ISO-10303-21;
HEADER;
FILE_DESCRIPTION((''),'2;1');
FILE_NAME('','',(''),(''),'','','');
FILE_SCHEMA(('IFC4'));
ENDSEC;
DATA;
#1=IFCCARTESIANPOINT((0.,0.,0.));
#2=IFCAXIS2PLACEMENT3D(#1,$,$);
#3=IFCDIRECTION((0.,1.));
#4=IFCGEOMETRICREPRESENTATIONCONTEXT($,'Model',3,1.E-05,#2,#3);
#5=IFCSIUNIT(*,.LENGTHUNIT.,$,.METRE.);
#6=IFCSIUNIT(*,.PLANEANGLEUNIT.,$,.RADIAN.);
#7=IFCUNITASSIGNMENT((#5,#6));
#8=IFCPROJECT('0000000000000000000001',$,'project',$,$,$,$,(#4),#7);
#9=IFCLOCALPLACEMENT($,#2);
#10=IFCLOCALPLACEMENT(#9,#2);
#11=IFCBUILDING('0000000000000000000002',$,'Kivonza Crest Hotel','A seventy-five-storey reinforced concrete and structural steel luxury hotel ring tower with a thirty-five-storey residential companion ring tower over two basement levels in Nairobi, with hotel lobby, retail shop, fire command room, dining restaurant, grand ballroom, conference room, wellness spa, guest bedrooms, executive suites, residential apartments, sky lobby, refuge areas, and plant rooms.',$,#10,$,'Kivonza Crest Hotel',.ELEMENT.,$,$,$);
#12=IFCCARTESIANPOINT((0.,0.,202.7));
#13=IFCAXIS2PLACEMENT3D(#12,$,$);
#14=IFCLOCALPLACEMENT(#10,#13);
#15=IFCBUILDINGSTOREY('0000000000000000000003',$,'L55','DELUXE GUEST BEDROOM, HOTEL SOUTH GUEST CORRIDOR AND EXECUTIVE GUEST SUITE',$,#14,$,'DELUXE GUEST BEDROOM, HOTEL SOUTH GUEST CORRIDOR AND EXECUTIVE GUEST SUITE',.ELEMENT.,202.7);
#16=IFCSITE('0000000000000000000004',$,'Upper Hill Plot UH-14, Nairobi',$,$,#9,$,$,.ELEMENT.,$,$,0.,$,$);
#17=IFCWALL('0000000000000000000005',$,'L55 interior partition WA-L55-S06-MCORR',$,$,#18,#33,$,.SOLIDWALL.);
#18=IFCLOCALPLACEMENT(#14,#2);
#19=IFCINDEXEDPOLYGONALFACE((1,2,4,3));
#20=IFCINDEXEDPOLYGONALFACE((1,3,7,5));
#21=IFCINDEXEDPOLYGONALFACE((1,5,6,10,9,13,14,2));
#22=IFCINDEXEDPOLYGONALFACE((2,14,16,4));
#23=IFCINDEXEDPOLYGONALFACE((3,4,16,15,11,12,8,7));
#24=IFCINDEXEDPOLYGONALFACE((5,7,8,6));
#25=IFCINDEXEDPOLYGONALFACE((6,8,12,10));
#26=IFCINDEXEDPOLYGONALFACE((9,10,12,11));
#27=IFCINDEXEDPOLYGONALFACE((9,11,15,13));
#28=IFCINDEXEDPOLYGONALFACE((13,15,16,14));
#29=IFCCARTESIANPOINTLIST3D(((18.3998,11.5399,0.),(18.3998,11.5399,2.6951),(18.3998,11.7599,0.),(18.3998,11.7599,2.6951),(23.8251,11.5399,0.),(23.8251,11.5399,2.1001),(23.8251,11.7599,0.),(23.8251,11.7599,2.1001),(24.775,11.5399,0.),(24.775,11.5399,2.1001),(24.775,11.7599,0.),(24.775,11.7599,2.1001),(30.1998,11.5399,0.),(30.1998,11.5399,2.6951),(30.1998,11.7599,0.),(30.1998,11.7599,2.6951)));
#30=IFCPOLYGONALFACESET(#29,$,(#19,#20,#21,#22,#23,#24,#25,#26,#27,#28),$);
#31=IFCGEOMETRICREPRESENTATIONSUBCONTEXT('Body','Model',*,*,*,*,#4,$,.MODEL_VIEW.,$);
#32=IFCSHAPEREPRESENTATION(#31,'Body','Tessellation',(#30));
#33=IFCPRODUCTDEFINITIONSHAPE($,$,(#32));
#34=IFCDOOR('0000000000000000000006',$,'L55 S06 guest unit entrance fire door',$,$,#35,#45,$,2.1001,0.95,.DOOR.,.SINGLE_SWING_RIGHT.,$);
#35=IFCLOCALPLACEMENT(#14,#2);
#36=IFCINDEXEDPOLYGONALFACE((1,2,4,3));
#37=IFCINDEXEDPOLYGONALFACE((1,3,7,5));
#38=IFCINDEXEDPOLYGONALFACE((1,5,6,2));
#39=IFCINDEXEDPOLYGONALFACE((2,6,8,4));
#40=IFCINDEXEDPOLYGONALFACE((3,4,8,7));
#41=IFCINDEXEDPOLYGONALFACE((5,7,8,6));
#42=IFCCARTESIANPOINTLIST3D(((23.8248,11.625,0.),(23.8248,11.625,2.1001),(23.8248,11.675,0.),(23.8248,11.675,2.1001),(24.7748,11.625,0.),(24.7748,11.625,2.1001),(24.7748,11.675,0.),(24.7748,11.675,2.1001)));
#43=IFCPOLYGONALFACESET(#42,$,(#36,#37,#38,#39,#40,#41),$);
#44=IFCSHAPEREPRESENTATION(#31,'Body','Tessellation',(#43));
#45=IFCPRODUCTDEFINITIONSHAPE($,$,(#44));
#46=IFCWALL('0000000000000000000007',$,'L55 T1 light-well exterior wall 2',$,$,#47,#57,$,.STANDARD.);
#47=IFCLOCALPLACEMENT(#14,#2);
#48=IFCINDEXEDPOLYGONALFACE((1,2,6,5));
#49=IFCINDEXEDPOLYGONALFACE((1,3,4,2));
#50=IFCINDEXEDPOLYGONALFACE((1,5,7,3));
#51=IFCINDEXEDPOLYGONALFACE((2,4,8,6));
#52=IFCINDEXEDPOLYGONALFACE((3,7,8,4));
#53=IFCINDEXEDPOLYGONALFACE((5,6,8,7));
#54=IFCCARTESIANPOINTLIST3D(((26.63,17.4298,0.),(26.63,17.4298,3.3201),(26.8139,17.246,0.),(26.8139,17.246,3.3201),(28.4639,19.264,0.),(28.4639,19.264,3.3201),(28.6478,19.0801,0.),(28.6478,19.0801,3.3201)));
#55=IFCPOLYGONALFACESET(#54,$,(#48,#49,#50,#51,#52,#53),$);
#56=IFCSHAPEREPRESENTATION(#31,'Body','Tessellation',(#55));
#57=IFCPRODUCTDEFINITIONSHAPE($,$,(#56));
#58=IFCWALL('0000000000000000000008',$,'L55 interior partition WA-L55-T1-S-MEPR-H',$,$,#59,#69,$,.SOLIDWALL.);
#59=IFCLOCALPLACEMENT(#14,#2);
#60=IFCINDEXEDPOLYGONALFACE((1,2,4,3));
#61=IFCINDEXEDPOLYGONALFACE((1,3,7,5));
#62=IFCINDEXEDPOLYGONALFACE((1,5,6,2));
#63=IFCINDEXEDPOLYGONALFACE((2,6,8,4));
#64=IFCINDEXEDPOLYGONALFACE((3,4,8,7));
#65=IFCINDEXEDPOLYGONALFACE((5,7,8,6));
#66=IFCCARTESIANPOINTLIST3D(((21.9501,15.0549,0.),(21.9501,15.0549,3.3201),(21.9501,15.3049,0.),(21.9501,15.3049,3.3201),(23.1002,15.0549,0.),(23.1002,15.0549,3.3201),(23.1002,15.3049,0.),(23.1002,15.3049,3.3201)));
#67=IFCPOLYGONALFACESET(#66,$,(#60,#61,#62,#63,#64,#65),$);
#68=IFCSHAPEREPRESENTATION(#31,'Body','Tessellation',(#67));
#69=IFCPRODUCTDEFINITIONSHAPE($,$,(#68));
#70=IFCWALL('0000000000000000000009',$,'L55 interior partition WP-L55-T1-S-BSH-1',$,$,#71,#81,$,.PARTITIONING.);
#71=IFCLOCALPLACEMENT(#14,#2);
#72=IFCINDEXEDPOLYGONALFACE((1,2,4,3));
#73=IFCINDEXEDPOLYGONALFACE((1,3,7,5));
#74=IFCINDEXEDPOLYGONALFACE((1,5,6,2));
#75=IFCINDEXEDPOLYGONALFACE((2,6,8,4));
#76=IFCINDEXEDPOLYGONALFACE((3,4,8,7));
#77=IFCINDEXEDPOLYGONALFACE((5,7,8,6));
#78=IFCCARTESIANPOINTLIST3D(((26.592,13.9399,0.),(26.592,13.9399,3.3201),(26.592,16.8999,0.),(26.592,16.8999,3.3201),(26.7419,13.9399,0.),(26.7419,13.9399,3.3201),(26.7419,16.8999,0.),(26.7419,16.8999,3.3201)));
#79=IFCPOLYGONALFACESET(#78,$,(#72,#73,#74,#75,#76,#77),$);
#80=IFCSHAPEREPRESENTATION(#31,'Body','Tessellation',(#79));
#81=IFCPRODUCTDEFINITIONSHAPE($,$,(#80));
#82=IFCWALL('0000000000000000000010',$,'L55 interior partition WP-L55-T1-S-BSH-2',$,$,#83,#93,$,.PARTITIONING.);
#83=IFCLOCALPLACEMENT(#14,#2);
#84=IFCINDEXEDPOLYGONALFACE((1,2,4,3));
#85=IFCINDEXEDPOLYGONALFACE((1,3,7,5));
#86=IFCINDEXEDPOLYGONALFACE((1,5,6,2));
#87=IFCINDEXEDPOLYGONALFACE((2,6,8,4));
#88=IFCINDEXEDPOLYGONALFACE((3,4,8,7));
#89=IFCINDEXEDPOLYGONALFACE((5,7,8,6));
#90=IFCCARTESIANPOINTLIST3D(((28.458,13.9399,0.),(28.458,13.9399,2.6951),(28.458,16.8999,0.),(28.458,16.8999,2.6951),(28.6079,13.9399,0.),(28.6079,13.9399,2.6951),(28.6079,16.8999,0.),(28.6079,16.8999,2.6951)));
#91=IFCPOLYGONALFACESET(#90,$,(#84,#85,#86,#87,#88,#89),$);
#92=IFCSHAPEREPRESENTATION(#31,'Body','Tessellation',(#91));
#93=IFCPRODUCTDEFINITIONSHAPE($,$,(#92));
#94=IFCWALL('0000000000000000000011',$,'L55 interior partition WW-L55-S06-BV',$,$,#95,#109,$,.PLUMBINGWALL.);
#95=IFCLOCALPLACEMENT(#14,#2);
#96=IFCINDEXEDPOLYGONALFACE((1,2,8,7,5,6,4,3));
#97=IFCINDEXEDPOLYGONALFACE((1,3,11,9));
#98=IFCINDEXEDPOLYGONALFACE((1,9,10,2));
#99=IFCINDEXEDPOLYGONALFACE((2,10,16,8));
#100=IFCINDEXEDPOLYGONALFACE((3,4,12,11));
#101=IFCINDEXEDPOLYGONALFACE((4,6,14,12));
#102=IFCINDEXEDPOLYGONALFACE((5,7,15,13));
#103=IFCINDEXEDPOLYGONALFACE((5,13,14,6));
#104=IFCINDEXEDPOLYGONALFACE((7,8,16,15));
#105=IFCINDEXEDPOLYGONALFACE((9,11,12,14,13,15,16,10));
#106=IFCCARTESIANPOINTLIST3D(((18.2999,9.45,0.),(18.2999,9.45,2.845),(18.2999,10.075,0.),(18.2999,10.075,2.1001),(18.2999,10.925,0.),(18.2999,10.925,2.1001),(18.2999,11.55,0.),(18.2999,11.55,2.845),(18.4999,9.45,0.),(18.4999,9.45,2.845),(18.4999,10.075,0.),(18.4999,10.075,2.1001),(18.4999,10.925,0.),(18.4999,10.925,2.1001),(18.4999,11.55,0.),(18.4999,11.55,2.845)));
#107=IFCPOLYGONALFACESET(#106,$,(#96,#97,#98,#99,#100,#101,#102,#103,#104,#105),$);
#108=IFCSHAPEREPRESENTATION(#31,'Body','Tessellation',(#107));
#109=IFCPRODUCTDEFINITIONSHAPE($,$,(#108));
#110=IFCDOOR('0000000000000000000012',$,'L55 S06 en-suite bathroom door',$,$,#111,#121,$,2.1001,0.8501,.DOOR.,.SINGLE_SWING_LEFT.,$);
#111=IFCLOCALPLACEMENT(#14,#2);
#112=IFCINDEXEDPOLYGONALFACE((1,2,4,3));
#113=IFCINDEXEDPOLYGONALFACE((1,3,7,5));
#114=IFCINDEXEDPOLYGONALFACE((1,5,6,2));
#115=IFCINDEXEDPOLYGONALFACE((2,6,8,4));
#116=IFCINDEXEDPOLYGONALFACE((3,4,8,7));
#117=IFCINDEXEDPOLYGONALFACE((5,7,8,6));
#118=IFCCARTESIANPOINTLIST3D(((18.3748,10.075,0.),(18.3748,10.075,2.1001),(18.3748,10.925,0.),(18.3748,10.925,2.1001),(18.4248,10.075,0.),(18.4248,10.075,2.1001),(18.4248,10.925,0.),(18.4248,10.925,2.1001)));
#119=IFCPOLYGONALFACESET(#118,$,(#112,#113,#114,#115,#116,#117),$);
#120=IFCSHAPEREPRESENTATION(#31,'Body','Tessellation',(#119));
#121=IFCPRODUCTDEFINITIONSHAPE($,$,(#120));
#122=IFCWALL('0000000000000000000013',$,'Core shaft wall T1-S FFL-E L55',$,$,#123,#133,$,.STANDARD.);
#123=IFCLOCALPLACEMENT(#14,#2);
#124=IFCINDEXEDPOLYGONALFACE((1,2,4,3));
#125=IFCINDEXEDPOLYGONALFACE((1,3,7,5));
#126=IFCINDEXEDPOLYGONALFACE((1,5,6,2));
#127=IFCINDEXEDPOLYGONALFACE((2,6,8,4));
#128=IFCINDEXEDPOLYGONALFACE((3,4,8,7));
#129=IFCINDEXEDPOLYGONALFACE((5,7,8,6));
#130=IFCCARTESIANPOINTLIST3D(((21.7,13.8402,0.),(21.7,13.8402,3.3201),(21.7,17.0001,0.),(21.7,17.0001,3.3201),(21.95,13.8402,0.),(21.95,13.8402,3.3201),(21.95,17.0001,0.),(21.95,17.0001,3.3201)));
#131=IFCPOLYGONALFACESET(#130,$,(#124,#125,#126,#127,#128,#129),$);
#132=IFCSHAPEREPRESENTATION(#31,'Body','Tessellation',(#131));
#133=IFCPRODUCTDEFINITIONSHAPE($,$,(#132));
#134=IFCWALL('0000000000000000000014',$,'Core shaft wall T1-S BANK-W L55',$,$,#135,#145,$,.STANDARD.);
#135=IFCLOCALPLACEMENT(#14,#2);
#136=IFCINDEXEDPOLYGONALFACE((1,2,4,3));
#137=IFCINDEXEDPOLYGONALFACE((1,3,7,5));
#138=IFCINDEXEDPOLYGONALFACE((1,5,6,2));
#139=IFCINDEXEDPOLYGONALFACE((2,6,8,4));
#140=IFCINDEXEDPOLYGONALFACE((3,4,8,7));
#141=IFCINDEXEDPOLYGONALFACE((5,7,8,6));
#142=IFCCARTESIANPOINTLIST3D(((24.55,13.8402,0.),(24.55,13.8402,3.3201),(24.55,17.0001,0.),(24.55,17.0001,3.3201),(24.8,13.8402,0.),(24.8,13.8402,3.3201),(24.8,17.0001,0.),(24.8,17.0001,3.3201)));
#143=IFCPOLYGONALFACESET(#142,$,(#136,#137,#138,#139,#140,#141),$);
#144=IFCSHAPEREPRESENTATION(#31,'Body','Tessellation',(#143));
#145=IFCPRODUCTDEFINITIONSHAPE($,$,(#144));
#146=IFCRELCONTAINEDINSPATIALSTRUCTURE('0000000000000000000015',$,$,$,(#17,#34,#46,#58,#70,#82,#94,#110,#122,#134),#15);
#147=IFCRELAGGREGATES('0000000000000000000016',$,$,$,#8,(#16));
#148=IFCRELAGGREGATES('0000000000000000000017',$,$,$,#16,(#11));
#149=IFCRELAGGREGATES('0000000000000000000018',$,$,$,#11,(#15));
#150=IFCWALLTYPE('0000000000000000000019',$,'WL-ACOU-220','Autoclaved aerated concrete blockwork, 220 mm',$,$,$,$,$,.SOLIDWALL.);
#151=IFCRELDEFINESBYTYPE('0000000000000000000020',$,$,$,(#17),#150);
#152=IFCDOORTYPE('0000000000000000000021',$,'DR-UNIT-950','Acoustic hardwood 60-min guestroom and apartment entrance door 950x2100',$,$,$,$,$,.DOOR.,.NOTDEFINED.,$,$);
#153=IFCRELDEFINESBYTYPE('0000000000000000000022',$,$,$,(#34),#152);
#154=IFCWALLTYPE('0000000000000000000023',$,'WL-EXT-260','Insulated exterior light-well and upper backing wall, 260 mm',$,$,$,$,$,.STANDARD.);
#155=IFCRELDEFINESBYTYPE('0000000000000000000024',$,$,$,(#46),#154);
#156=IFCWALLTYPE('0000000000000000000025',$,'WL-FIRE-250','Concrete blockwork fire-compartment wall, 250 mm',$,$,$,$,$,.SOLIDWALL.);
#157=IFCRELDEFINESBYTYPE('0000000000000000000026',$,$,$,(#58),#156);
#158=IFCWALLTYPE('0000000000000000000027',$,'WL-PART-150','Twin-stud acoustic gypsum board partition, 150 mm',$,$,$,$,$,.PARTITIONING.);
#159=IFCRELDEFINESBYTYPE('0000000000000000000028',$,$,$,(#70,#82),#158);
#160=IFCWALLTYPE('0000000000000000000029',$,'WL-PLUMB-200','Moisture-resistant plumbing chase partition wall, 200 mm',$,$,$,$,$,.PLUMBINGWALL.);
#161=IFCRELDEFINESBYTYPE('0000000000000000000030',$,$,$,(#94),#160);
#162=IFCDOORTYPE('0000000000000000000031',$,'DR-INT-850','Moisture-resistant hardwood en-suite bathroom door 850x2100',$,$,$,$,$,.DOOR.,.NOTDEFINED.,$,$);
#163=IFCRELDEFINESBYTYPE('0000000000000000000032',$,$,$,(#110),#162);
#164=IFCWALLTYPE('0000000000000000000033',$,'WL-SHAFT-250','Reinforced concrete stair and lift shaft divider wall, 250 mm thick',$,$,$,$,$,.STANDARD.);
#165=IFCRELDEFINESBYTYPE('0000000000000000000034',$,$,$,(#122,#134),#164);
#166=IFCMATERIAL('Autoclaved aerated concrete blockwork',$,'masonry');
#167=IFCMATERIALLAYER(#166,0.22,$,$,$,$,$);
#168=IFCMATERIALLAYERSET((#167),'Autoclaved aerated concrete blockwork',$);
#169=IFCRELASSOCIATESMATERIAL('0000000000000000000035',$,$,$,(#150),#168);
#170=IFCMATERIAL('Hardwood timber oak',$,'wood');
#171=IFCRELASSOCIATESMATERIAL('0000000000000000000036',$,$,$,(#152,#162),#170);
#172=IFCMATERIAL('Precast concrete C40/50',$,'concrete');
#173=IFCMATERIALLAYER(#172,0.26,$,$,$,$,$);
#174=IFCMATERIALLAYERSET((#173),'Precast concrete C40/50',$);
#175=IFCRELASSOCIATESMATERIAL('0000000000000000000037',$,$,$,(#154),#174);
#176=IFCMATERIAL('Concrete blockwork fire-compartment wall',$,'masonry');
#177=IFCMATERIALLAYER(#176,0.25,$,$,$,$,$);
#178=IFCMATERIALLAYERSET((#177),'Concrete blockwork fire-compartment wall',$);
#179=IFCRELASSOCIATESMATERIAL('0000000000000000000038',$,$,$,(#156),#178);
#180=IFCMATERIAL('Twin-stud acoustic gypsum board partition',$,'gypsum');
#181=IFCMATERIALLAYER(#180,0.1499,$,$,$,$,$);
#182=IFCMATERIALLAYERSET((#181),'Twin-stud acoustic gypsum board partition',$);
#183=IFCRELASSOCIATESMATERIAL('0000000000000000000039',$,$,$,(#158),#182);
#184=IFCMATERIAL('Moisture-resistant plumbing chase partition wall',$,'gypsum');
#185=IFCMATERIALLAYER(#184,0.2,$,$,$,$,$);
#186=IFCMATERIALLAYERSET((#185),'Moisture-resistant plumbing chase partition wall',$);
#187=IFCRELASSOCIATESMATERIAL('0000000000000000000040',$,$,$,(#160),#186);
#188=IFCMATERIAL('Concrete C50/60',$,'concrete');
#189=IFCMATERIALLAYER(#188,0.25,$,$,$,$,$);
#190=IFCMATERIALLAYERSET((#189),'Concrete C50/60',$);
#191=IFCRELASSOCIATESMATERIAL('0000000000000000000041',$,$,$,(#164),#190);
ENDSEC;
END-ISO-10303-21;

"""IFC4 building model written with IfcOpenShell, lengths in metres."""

from ifc_helpers import new_model, si_unit, direction, frame, frame_2d, origin, place, context, subcontext, project, spatial, rectangle, extrude, material, layer, layer_set, type_object, element, fill, save


model = new_model("IFC4")

# Units and contexts
model_context = context("Model", 3, precision=1e-05, world=origin(), true_north=direction((0.0, 1.0)))
body_context = subcontext(model_context, "Body", "Model", "MODEL_VIEW")
ifc_project = project(units=[si_unit("LENGTHUNIT", "METRE"), si_unit("PLANEANGLEUNIT", "RADIAN")], contexts=[model_context])

# Site, building, storey
site_placement = place(None, origin())
site = spatial("IfcSite", under=ifc_project, at=site_placement, Name="Upper Hill Plot UH-14, Nairobi", CompositionType="ELEMENT", RefElevation=0.0)
building_placement = place(site_placement, origin())
building = spatial("IfcBuilding", under=site, at=building_placement, Name="Kivonza Crest Hotel", Description="A seventy-five-storey reinforced concrete and structural steel luxury hotel ring tower with a thirty-five-storey residential companion ring tower over two basement levels in Nairobi, with hotel lobby, retail shop, fire command room, dining restaurant, grand ballroom, conference room, wellness spa, guest bedrooms, executive suites, residential apartments, sky lobby, refuge areas, and plant rooms.", LongName="Kivonza Crest Hotel", CompositionType="ELEMENT")
storey_placement = place(building_placement, frame((0.0, 0.0, 202.7)))
storey = spatial("IfcBuildingStorey", under=building, at=storey_placement, Name="L55", Description="DELUXE GUEST BEDROOM, HOTEL SOUTH GUEST CORRIDOR AND EXECUTIVE GUEST SUITE", LongName="DELUXE GUEST BEDROOM, HOTEL SOUTH GUEST CORRIDOR AND EXECUTIVE GUEST SUITE", CompositionType="ELEMENT", Elevation=202.7)

# Wall, opening, door
ifc_material_1 = material(Name="Autoclaved aerated concrete blockwork", Category="masonry")
ifc_layer_1 = layer(ifc_material_1, 0.22)
ifc_layer_set_1 = layer_set([ifc_layer_1], Name="Autoclaved aerated concrete blockwork")
wall_type_1 = type_object("IfcWallType", Name="WL-ACOU-220", Description="Autoclaved aerated concrete blockwork, 220 mm", PredefinedType="SOLIDWALL", material=ifc_layer_set_1)
wall_1_placement = place(storey_placement, frame((18.3999, 11.6499, 0.0), z_axis=(0.0, 0.0, 1.0), x_axis=(1.0, 0.0, 0.0)))
wall_1 = element("IfcWall", 1, at=wall_1_placement, inside=storey, type_object=wall_type_1, Name="L55 interior partition WA-L55-S06-MCORR", PredefinedType="SOLIDWALL", context=body_context, shape_type="SweptSolid", body=[
    extrude(rectangle(XDim=11.8, YDim=0.22, at=frame_2d((5.8999, 0.0))), origin(), (0.0, 0.0, 1.0), 2.6951),
])
opening_1_placement = place(wall_1_placement, frame((5.425, 0.0, 0.0)))
opening_1 = element("IfcOpeningElement", 2, at=opening_1_placement, cuts=wall_1, PredefinedType="OPENING", context=body_context, shape_type="SweptSolid", body=[
    extrude(rectangle(XDim=0.95, YDim=2.1001, at=frame_2d((0.4751, 1.05))), frame((0.0, 0.1201, 0.0), z_axis=(0.0, -1.0, 0.0), x_axis=(1.0, 0.0, 0.0)), (0.0, 0.0, 1.0), 0.24),
])
ifc_material_2 = material(Name="Hardwood timber oak", Category="wood")
door_type_1 = type_object("IfcDoorType", Name="DR-UNIT-950", Description="Acoustic hardwood 60-min guestroom and apartment entrance door 950x2100", OperationType="NOTDEFINED", PredefinedType="DOOR", material=ifc_material_2)
door_1_placement = place(opening_1_placement, frame((0.95, 0.0, 0.0), z_axis=(0.0, 0.0, 1.0), x_axis=(-1.0, 0.0, 0.0)))
door_1 = element("IfcDoor", 3, at=door_1_placement, inside=storey, type_object=door_type_1, Name="L55 S06 guest unit entrance fire door", OperationType="SINGLE_SWING_RIGHT", OverallHeight=2.1001, OverallWidth=0.95, PredefinedType="DOOR", context=body_context, shape_type="SweptSolid", body=[
    extrude(rectangle(XDim=0.95, YDim=2.1001, at=frame_2d((0.4751, 1.05))), frame((0.0, 0.0249, 0.0), z_axis=(0.0, -1.0, 0.0), x_axis=(1.0, 0.0, 0.0)), (0.0, 0.0, 1.0), 0.05),
])
fill(opening_1, door_1)

# Walls
ifc_material_3 = material(Name="Precast concrete C40/50", Category="concrete")
ifc_layer_2 = layer(ifc_material_3, 0.26)
ifc_layer_set_2 = layer_set([ifc_layer_2], Name="Precast concrete C40/50")
wall_type_2 = type_object("IfcWallType", Name="WL-EXT-260", Description="Insulated exterior light-well and upper backing wall, 260 mm", PredefinedType="STANDARD", material=ifc_layer_set_2)
wall_2_placement = place(storey_placement, frame((26.7219, 17.3379, 0.0), z_axis=(0.0, 0.0, 1.0), x_axis=(0.70706, 0.707154, 0.0)))
element("IfcWall", 4, at=wall_2_placement, inside=storey, type_object=wall_type_2, Name="L55 T1 light-well exterior wall 2", PredefinedType="STANDARD", context=body_context, shape_type="SweptSolid", body=[
    extrude(rectangle(XDim=2.5938, YDim=0.26, at=frame_2d((1.2969, 0.0))), origin(), (0.0, 0.0, 1.0), 3.3201),
])
ifc_material_4 = material(Name="Concrete blockwork fire-compartment wall", Category="masonry")
ifc_layer_3 = layer(ifc_material_4, 0.25)
ifc_layer_set_3 = layer_set([ifc_layer_3], Name="Concrete blockwork fire-compartment wall")
wall_type_3 = type_object("IfcWallType", Name="WL-FIRE-250", Description="Concrete blockwork fire-compartment wall, 250 mm", PredefinedType="SOLIDWALL", material=ifc_layer_set_3)
wall_3_placement = place(storey_placement, frame((21.95, 15.1799, 0.0), z_axis=(0.0, 0.0, 1.0), x_axis=(1.0, 0.0, 0.0)))
element("IfcWall", 5, at=wall_3_placement, inside=storey, type_object=wall_type_3, Name="L55 interior partition WA-L55-T1-S-MEPR-H", PredefinedType="SOLIDWALL", context=body_context, shape_type="SweptSolid", body=[
    extrude(rectangle(XDim=1.1501, YDim=0.25, at=frame_2d((0.5752, 0.0))), origin(), (0.0, 0.0, 1.0), 3.3201),
])
ifc_material_5 = material(Name="Twin-stud acoustic gypsum board partition", Category="gypsum")
ifc_layer_4 = layer(ifc_material_5, 0.1499)
ifc_layer_set_4 = layer_set([ifc_layer_4], Name="Twin-stud acoustic gypsum board partition")
wall_type_4 = type_object("IfcWallType", Name="WL-PART-150", Description="Twin-stud acoustic gypsum board partition, 150 mm", PredefinedType="PARTITIONING", material=ifc_layer_set_4)
wall_4_placement = place(storey_placement, frame((26.667, 13.9399, 0.0), z_axis=(0.0, 0.0, 1.0), x_axis=(0.0, 1.0, 0.0)))
element("IfcWall", 6, at=wall_4_placement, inside=storey, type_object=wall_type_4, Name="L55 interior partition WP-L55-T1-S-BSH-1", PredefinedType="PARTITIONING", context=body_context, shape_type="SweptSolid", body=[
    extrude(rectangle(XDim=2.96, YDim=0.1499, at=frame_2d((1.48, 0.0))), origin(), (0.0, 0.0, 1.0), 3.3201),
])
wall_5_placement = place(storey_placement, frame((28.533, 13.9399, 0.0), z_axis=(0.0, 0.0, 1.0), x_axis=(0.0, 1.0, 0.0)))
element("IfcWall", 7, at=wall_5_placement, inside=storey, type_object=wall_type_4, Name="L55 interior partition WP-L55-T1-S-BSH-2", PredefinedType="PARTITIONING", context=body_context, shape_type="SweptSolid", body=[
    extrude(rectangle(XDim=2.96, YDim=0.1499, at=frame_2d((1.48, 0.0))), origin(), (0.0, 0.0, 1.0), 2.6951),
])

# Wall, opening, door
ifc_material_6 = material(Name="Moisture-resistant plumbing chase partition wall", Category="gypsum")
ifc_layer_5 = layer(ifc_material_6, 0.2)
ifc_layer_set_5 = layer_set([ifc_layer_5], Name="Moisture-resistant plumbing chase partition wall")
wall_type_5 = type_object("IfcWallType", Name="WL-PLUMB-200", Description="Moisture-resistant plumbing chase partition wall, 200 mm", PredefinedType="PLUMBINGWALL", material=ifc_layer_set_5)
wall_6_placement = place(storey_placement, frame((18.3999, 9.45, 0.0), z_axis=(0.0, 0.0, 1.0), x_axis=(0.0, 1.0, 0.0)))
wall_6 = element("IfcWall", 8, at=wall_6_placement, inside=storey, type_object=wall_type_5, Name="L55 interior partition WW-L55-S06-BV", PredefinedType="PLUMBINGWALL", context=body_context, shape_type="SweptSolid", body=[
    extrude(rectangle(XDim=2.1001, YDim=0.2, at=frame_2d((1.05, 0.0))), origin(), (0.0, 0.0, 1.0), 2.845),
])
opening_2_placement = place(wall_6_placement, frame((0.625, 0.0, 0.0)))
opening_2 = element("IfcOpeningElement", 9, at=opening_2_placement, cuts=wall_6, PredefinedType="OPENING", context=body_context, shape_type="SweptSolid", body=[
    extrude(rectangle(XDim=0.8501, YDim=2.1001, at=frame_2d((0.425, 1.05))), frame((0.0, 0.1099, 0.0), z_axis=(0.0, -1.0, 0.0), x_axis=(1.0, 0.0, 0.0)), (0.0, 0.0, 1.0), 0.22),
])
door_type_2 = type_object("IfcDoorType", Name="DR-INT-850", Description="Moisture-resistant hardwood en-suite bathroom door 850x2100", OperationType="NOTDEFINED", PredefinedType="DOOR", material=ifc_material_2)
door_2_placement = place(opening_2_placement, frame((0.8501, 0.0, 0.0), z_axis=(0.0, 0.0, 1.0), x_axis=(-1.0, 0.0, 0.0)))
door_2 = element("IfcDoor", 10, at=door_2_placement, inside=storey, type_object=door_type_2, Name="L55 S06 en-suite bathroom door", OperationType="SINGLE_SWING_LEFT", OverallHeight=2.1001, OverallWidth=0.8501, PredefinedType="DOOR", context=body_context, shape_type="SweptSolid", body=[
    extrude(rectangle(XDim=0.8501, YDim=2.1001, at=frame_2d((0.425, 1.05))), frame((0.0, 0.0249, 0.0), z_axis=(0.0, -1.0, 0.0), x_axis=(1.0, 0.0, 0.0)), (0.0, 0.0, 1.0), 0.05),
])
fill(opening_2, door_2)
ifc_material_7 = material(Name="Concrete C50/60", Category="concrete")
ifc_layer_6 = layer(ifc_material_7, 0.25)
ifc_layer_set_6 = layer_set([ifc_layer_6], Name="Concrete C50/60")
wall_type_6 = type_object("IfcWallType", Name="WL-SHAFT-250", Description="Reinforced concrete stair and lift shaft divider wall, 250 mm thick", PredefinedType="STANDARD", material=ifc_layer_set_6)

# Walls
for number, where, z_axis, x_axis, name in (
    (11, (21.825, 13.8401, 0.0), (0.0, 0.0, 1.0), (0.0, 1.0, 0.0), "Core shaft wall T1-S FFL-E L55"),
    (12, (24.675, 13.8401, 0.0), (0.0, 0.0, 1.0), (0.0, 1.0, 0.0), "Core shaft wall T1-S BANK-W L55"),
):
    element("IfcWall", number, at=place(storey_placement, frame(where, z_axis=z_axis, x_axis=x_axis)), inside=storey, type_object=wall_type_6, Name=name, PredefinedType="STANDARD", context=body_context, shape_type="SweptSolid", body=[
        extrude(rectangle(XDim=3.1599, YDim=0.25, at=frame_2d((1.5801, 0.0))), origin(), (0.0, 0.0, 1.0), 3.3201),
    ])

save(model, "model.ifc")
